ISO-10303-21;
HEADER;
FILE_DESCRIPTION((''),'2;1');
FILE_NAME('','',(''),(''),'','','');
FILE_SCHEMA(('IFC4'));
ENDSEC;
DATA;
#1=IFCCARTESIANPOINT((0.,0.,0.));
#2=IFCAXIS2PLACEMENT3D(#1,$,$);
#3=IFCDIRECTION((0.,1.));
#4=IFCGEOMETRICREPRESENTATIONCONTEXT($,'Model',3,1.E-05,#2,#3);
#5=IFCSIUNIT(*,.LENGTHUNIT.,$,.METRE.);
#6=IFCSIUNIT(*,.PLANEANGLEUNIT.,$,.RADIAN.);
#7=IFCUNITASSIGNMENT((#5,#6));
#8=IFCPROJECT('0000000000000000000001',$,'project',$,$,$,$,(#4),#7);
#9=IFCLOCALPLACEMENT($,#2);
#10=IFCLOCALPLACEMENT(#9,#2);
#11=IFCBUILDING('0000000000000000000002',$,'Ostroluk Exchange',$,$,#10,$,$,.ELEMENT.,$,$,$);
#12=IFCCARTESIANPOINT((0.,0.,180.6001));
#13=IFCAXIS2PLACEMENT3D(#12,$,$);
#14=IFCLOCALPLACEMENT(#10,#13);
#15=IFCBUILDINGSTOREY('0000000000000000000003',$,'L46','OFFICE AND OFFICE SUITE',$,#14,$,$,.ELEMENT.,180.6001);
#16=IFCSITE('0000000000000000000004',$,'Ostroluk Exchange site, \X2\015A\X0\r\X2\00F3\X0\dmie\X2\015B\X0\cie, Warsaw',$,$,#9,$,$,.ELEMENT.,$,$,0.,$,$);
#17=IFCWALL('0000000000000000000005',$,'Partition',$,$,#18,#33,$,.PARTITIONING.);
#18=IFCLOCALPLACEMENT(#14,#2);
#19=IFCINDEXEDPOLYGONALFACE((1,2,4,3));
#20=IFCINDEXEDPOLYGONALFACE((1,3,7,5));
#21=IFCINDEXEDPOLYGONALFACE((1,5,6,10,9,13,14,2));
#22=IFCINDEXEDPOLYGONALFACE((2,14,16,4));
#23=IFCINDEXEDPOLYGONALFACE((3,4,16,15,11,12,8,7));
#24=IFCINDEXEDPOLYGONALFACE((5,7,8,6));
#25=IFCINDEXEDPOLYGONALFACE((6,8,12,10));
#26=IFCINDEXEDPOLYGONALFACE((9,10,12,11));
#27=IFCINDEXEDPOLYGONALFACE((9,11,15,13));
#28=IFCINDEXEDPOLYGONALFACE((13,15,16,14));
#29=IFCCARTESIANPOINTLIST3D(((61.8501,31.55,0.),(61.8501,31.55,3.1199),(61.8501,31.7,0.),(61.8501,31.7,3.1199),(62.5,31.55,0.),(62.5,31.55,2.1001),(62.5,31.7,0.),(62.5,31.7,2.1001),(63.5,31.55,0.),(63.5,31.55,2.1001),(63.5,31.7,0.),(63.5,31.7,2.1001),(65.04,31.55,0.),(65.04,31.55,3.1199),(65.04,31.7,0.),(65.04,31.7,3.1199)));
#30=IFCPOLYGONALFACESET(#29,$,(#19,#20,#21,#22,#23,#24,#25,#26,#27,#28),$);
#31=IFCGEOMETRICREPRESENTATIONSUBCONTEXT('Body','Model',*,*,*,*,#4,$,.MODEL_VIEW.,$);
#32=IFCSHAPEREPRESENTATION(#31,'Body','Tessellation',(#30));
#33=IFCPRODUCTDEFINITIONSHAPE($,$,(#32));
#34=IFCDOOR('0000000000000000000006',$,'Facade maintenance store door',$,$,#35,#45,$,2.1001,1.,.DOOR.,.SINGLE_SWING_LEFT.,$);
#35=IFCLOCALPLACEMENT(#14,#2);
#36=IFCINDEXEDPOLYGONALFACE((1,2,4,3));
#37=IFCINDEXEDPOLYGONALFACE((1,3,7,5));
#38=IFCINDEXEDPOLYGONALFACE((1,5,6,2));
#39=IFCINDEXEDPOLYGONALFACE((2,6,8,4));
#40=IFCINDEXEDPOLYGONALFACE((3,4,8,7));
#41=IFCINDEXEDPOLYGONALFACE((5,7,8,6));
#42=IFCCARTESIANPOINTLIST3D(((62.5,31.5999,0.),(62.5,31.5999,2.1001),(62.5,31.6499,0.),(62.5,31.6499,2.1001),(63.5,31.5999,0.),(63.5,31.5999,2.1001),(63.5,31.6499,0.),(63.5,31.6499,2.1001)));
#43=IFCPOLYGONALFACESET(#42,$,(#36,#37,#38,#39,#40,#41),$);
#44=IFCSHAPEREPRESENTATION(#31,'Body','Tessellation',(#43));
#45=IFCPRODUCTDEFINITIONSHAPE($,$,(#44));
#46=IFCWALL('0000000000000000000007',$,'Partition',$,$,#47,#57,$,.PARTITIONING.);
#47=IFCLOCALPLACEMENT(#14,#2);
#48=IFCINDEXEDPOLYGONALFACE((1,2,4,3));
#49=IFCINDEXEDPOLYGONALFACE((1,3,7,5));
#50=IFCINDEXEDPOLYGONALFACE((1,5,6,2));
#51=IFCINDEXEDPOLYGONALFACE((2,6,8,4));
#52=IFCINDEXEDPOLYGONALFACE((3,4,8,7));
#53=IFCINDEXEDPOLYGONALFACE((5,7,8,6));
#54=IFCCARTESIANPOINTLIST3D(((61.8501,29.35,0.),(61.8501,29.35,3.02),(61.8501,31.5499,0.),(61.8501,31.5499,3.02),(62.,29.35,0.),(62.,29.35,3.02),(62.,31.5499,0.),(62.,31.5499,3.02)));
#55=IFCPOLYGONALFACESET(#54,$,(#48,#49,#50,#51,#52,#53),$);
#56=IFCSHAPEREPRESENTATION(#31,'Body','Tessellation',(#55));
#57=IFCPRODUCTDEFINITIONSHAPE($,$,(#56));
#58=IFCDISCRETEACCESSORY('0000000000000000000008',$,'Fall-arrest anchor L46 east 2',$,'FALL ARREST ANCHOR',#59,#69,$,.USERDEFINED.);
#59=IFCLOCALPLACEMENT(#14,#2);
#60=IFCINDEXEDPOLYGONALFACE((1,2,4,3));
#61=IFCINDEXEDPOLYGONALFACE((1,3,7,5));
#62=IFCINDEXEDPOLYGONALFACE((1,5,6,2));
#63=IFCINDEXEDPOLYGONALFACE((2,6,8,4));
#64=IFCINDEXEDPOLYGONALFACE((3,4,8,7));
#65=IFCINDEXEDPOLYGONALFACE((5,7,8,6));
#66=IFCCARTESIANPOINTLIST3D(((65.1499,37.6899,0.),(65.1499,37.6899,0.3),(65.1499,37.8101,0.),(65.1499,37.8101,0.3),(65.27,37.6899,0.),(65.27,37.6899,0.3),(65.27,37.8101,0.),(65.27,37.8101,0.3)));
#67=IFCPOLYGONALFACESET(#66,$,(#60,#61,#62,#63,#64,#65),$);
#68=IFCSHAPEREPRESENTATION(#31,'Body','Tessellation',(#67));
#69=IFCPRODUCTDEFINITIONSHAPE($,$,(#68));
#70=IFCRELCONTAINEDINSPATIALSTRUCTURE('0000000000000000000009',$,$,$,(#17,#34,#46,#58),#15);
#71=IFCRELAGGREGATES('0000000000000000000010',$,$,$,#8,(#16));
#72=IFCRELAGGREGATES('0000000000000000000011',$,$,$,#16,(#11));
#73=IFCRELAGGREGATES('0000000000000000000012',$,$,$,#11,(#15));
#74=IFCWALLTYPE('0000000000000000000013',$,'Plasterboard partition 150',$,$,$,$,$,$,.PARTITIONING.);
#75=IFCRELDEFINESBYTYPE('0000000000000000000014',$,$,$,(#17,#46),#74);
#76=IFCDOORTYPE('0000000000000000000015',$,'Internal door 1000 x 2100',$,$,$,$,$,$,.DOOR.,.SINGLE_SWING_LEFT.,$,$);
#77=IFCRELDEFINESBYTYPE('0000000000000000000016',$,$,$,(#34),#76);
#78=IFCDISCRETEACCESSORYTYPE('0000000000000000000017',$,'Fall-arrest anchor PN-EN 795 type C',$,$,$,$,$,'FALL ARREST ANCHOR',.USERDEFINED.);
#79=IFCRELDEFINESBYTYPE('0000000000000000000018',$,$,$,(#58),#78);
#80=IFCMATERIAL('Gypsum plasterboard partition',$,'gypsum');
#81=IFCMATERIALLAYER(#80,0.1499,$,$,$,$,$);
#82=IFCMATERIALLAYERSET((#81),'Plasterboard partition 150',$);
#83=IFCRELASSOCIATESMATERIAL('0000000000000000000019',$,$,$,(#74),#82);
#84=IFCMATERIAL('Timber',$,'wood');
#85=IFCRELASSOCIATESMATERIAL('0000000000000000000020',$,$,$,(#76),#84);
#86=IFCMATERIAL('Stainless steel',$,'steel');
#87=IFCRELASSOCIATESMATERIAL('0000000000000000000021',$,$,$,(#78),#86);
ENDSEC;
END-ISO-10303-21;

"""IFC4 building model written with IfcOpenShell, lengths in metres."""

from ifc_helpers import new_model, si_unit, direction, frame, frame_2d, origin, origin_2d, place, context, subcontext, project, spatial, rectangle, extrude, material, layer, layer_set, type_object, element, fill, save


model = new_model("IFC4")

# Units and contexts
model_context = context("Model", 3, precision=1e-05, world=origin(), true_north=direction((0.0, 1.0)))
body_context = subcontext(model_context, "Body", "Model", "MODEL_VIEW")
ifc_project = project(units=[si_unit("LENGTHUNIT", "METRE"), si_unit("PLANEANGLEUNIT", "RADIAN")], contexts=[model_context])

# Site, building, storey
site_placement = place(None, origin())
site = spatial("IfcSite", under=ifc_project, at=site_placement, Name="Ostroluk Exchange site, Śródmieście, Warsaw", CompositionType="ELEMENT", RefElevation=0.0)
building_placement = place(site_placement, origin())
building = spatial("IfcBuilding", under=site, at=building_placement, Name="Ostroluk Exchange", CompositionType="ELEMENT")
storey_placement = place(building_placement, frame((0.0, 0.0, 180.6001)))
storey = spatial("IfcBuildingStorey", under=building, at=storey_placement, Name="L46", Description="OFFICE AND OFFICE SUITE", CompositionType="ELEMENT", Elevation=180.6001)

# Shared definitions
ifc_material_1 = material(Name="Gypsum plasterboard partition", Category="gypsum")
ifc_layer_1 = layer(ifc_material_1, 0.1499)
ifc_layer_set_1 = layer_set([ifc_layer_1], Name="Plasterboard partition 150")
wall_type = type_object("IfcWallType", Name="Plasterboard partition 150", PredefinedType="PARTITIONING", material=ifc_layer_set_1)
ifc_material_2 = material(Name="Timber", Category="wood")
door_type = type_object("IfcDoorType", Name="Internal door 1000 x 2100", OperationType="SINGLE_SWING_LEFT", PredefinedType="DOOR", material=ifc_material_2)

# Wall, opening, door
wall_1_placement = place(storey_placement, frame((61.8501, 31.625, 0.0), z_axis=(0.0, 0.0, 1.0), x_axis=(1.0, 0.0, 0.0)))
wall_1 = element("IfcWall", 1, at=wall_1_placement, inside=storey, type_object=wall_type, Name="Partition", PredefinedType="PARTITIONING", context=body_context, shape_type="SweptSolid", body=[
    extrude(rectangle(XDim=3.1899, YDim=0.1499, at=frame_2d((1.595, 0.0))), origin(), (0.0, 0.0, 1.0), 3.1199),
])
opening_1_placement = place(wall_1_placement, frame((0.6499, 0.0, 0.0)))
opening_1 = element("IfcOpeningElement", 2, at=opening_1_placement, cuts=wall_1, PredefinedType="OPENING", context=body_context, shape_type="SweptSolid", body=[
    extrude(rectangle(XDim=1.0, YDim=2.1001, at=frame_2d((0.5, 1.05))), frame((0.0, 0.085, 0.0), z_axis=(0.0, -1.0, 0.0), x_axis=(1.0, 0.0, 0.0)), (0.0, 0.0, 1.0), 0.1699),
])
door_1_placement = place(opening_1_placement, origin())
door_1 = element("IfcDoor", 3, at=door_1_placement, inside=storey, type_object=door_type, Name="Facade maintenance store door", OperationType="SINGLE_SWING_LEFT", OverallHeight=2.1001, OverallWidth=1.0, PredefinedType="DOOR", context=body_context, shape_type="SweptSolid", body=[
    extrude(rectangle(XDim=1.0, YDim=2.1001, at=frame_2d((0.5, 1.05))), frame((0.0, 0.0249, 0.0), z_axis=(0.0, -1.0, 0.0), x_axis=(1.0, 0.0, 0.0)), (0.0, 0.0, 1.0), 0.05),
])
fill(opening_1, door_1)

# Wall
wall_2_placement = place(storey_placement, frame((61.925, 31.55, 0.0), z_axis=(0.0, 0.0, 1.0), x_axis=(0.0, -1.0, 0.0)))
element("IfcWall", 4, at=wall_2_placement, inside=storey, type_object=wall_type, Name="Partition", PredefinedType="PARTITIONING", context=body_context, shape_type="SweptSolid", body=[
    extrude(rectangle(XDim=2.2, YDim=0.1499, at=frame_2d((1.1001, 0.0))), origin(), (0.0, 0.0, 1.0), 3.02),
])

# Discrete accessory
ifc_material_3 = material(Name="Stainless steel", Category="steel")
discrete_accessory_type = type_object("IfcDiscreteAccessoryType", Name="Fall-arrest anchor PN-EN 795 type C", ElementType="FALL ARREST ANCHOR", PredefinedType="USERDEFINED", material=ifc_material_3)
discrete_accessory_placement = place(storey_placement, frame((65.21, 37.75, 0.0), z_axis=(0.0, 0.0, 1.0), x_axis=(1.0, 0.0, 0.0)))
element("IfcDiscreteAccessory", 5, at=discrete_accessory_placement, inside=storey, type_object=discrete_accessory_type, Name="Fall-arrest anchor L46 east 2", ObjectType="FALL ARREST ANCHOR", PredefinedType="USERDEFINED", context=body_context, shape_type="SweptSolid", body=[
    extrude(rectangle(XDim=0.1201, YDim=0.1201, at=origin_2d()), origin(), (0.0, 0.0, 1.0), 0.3),
])

save(model, "model.ifc")
